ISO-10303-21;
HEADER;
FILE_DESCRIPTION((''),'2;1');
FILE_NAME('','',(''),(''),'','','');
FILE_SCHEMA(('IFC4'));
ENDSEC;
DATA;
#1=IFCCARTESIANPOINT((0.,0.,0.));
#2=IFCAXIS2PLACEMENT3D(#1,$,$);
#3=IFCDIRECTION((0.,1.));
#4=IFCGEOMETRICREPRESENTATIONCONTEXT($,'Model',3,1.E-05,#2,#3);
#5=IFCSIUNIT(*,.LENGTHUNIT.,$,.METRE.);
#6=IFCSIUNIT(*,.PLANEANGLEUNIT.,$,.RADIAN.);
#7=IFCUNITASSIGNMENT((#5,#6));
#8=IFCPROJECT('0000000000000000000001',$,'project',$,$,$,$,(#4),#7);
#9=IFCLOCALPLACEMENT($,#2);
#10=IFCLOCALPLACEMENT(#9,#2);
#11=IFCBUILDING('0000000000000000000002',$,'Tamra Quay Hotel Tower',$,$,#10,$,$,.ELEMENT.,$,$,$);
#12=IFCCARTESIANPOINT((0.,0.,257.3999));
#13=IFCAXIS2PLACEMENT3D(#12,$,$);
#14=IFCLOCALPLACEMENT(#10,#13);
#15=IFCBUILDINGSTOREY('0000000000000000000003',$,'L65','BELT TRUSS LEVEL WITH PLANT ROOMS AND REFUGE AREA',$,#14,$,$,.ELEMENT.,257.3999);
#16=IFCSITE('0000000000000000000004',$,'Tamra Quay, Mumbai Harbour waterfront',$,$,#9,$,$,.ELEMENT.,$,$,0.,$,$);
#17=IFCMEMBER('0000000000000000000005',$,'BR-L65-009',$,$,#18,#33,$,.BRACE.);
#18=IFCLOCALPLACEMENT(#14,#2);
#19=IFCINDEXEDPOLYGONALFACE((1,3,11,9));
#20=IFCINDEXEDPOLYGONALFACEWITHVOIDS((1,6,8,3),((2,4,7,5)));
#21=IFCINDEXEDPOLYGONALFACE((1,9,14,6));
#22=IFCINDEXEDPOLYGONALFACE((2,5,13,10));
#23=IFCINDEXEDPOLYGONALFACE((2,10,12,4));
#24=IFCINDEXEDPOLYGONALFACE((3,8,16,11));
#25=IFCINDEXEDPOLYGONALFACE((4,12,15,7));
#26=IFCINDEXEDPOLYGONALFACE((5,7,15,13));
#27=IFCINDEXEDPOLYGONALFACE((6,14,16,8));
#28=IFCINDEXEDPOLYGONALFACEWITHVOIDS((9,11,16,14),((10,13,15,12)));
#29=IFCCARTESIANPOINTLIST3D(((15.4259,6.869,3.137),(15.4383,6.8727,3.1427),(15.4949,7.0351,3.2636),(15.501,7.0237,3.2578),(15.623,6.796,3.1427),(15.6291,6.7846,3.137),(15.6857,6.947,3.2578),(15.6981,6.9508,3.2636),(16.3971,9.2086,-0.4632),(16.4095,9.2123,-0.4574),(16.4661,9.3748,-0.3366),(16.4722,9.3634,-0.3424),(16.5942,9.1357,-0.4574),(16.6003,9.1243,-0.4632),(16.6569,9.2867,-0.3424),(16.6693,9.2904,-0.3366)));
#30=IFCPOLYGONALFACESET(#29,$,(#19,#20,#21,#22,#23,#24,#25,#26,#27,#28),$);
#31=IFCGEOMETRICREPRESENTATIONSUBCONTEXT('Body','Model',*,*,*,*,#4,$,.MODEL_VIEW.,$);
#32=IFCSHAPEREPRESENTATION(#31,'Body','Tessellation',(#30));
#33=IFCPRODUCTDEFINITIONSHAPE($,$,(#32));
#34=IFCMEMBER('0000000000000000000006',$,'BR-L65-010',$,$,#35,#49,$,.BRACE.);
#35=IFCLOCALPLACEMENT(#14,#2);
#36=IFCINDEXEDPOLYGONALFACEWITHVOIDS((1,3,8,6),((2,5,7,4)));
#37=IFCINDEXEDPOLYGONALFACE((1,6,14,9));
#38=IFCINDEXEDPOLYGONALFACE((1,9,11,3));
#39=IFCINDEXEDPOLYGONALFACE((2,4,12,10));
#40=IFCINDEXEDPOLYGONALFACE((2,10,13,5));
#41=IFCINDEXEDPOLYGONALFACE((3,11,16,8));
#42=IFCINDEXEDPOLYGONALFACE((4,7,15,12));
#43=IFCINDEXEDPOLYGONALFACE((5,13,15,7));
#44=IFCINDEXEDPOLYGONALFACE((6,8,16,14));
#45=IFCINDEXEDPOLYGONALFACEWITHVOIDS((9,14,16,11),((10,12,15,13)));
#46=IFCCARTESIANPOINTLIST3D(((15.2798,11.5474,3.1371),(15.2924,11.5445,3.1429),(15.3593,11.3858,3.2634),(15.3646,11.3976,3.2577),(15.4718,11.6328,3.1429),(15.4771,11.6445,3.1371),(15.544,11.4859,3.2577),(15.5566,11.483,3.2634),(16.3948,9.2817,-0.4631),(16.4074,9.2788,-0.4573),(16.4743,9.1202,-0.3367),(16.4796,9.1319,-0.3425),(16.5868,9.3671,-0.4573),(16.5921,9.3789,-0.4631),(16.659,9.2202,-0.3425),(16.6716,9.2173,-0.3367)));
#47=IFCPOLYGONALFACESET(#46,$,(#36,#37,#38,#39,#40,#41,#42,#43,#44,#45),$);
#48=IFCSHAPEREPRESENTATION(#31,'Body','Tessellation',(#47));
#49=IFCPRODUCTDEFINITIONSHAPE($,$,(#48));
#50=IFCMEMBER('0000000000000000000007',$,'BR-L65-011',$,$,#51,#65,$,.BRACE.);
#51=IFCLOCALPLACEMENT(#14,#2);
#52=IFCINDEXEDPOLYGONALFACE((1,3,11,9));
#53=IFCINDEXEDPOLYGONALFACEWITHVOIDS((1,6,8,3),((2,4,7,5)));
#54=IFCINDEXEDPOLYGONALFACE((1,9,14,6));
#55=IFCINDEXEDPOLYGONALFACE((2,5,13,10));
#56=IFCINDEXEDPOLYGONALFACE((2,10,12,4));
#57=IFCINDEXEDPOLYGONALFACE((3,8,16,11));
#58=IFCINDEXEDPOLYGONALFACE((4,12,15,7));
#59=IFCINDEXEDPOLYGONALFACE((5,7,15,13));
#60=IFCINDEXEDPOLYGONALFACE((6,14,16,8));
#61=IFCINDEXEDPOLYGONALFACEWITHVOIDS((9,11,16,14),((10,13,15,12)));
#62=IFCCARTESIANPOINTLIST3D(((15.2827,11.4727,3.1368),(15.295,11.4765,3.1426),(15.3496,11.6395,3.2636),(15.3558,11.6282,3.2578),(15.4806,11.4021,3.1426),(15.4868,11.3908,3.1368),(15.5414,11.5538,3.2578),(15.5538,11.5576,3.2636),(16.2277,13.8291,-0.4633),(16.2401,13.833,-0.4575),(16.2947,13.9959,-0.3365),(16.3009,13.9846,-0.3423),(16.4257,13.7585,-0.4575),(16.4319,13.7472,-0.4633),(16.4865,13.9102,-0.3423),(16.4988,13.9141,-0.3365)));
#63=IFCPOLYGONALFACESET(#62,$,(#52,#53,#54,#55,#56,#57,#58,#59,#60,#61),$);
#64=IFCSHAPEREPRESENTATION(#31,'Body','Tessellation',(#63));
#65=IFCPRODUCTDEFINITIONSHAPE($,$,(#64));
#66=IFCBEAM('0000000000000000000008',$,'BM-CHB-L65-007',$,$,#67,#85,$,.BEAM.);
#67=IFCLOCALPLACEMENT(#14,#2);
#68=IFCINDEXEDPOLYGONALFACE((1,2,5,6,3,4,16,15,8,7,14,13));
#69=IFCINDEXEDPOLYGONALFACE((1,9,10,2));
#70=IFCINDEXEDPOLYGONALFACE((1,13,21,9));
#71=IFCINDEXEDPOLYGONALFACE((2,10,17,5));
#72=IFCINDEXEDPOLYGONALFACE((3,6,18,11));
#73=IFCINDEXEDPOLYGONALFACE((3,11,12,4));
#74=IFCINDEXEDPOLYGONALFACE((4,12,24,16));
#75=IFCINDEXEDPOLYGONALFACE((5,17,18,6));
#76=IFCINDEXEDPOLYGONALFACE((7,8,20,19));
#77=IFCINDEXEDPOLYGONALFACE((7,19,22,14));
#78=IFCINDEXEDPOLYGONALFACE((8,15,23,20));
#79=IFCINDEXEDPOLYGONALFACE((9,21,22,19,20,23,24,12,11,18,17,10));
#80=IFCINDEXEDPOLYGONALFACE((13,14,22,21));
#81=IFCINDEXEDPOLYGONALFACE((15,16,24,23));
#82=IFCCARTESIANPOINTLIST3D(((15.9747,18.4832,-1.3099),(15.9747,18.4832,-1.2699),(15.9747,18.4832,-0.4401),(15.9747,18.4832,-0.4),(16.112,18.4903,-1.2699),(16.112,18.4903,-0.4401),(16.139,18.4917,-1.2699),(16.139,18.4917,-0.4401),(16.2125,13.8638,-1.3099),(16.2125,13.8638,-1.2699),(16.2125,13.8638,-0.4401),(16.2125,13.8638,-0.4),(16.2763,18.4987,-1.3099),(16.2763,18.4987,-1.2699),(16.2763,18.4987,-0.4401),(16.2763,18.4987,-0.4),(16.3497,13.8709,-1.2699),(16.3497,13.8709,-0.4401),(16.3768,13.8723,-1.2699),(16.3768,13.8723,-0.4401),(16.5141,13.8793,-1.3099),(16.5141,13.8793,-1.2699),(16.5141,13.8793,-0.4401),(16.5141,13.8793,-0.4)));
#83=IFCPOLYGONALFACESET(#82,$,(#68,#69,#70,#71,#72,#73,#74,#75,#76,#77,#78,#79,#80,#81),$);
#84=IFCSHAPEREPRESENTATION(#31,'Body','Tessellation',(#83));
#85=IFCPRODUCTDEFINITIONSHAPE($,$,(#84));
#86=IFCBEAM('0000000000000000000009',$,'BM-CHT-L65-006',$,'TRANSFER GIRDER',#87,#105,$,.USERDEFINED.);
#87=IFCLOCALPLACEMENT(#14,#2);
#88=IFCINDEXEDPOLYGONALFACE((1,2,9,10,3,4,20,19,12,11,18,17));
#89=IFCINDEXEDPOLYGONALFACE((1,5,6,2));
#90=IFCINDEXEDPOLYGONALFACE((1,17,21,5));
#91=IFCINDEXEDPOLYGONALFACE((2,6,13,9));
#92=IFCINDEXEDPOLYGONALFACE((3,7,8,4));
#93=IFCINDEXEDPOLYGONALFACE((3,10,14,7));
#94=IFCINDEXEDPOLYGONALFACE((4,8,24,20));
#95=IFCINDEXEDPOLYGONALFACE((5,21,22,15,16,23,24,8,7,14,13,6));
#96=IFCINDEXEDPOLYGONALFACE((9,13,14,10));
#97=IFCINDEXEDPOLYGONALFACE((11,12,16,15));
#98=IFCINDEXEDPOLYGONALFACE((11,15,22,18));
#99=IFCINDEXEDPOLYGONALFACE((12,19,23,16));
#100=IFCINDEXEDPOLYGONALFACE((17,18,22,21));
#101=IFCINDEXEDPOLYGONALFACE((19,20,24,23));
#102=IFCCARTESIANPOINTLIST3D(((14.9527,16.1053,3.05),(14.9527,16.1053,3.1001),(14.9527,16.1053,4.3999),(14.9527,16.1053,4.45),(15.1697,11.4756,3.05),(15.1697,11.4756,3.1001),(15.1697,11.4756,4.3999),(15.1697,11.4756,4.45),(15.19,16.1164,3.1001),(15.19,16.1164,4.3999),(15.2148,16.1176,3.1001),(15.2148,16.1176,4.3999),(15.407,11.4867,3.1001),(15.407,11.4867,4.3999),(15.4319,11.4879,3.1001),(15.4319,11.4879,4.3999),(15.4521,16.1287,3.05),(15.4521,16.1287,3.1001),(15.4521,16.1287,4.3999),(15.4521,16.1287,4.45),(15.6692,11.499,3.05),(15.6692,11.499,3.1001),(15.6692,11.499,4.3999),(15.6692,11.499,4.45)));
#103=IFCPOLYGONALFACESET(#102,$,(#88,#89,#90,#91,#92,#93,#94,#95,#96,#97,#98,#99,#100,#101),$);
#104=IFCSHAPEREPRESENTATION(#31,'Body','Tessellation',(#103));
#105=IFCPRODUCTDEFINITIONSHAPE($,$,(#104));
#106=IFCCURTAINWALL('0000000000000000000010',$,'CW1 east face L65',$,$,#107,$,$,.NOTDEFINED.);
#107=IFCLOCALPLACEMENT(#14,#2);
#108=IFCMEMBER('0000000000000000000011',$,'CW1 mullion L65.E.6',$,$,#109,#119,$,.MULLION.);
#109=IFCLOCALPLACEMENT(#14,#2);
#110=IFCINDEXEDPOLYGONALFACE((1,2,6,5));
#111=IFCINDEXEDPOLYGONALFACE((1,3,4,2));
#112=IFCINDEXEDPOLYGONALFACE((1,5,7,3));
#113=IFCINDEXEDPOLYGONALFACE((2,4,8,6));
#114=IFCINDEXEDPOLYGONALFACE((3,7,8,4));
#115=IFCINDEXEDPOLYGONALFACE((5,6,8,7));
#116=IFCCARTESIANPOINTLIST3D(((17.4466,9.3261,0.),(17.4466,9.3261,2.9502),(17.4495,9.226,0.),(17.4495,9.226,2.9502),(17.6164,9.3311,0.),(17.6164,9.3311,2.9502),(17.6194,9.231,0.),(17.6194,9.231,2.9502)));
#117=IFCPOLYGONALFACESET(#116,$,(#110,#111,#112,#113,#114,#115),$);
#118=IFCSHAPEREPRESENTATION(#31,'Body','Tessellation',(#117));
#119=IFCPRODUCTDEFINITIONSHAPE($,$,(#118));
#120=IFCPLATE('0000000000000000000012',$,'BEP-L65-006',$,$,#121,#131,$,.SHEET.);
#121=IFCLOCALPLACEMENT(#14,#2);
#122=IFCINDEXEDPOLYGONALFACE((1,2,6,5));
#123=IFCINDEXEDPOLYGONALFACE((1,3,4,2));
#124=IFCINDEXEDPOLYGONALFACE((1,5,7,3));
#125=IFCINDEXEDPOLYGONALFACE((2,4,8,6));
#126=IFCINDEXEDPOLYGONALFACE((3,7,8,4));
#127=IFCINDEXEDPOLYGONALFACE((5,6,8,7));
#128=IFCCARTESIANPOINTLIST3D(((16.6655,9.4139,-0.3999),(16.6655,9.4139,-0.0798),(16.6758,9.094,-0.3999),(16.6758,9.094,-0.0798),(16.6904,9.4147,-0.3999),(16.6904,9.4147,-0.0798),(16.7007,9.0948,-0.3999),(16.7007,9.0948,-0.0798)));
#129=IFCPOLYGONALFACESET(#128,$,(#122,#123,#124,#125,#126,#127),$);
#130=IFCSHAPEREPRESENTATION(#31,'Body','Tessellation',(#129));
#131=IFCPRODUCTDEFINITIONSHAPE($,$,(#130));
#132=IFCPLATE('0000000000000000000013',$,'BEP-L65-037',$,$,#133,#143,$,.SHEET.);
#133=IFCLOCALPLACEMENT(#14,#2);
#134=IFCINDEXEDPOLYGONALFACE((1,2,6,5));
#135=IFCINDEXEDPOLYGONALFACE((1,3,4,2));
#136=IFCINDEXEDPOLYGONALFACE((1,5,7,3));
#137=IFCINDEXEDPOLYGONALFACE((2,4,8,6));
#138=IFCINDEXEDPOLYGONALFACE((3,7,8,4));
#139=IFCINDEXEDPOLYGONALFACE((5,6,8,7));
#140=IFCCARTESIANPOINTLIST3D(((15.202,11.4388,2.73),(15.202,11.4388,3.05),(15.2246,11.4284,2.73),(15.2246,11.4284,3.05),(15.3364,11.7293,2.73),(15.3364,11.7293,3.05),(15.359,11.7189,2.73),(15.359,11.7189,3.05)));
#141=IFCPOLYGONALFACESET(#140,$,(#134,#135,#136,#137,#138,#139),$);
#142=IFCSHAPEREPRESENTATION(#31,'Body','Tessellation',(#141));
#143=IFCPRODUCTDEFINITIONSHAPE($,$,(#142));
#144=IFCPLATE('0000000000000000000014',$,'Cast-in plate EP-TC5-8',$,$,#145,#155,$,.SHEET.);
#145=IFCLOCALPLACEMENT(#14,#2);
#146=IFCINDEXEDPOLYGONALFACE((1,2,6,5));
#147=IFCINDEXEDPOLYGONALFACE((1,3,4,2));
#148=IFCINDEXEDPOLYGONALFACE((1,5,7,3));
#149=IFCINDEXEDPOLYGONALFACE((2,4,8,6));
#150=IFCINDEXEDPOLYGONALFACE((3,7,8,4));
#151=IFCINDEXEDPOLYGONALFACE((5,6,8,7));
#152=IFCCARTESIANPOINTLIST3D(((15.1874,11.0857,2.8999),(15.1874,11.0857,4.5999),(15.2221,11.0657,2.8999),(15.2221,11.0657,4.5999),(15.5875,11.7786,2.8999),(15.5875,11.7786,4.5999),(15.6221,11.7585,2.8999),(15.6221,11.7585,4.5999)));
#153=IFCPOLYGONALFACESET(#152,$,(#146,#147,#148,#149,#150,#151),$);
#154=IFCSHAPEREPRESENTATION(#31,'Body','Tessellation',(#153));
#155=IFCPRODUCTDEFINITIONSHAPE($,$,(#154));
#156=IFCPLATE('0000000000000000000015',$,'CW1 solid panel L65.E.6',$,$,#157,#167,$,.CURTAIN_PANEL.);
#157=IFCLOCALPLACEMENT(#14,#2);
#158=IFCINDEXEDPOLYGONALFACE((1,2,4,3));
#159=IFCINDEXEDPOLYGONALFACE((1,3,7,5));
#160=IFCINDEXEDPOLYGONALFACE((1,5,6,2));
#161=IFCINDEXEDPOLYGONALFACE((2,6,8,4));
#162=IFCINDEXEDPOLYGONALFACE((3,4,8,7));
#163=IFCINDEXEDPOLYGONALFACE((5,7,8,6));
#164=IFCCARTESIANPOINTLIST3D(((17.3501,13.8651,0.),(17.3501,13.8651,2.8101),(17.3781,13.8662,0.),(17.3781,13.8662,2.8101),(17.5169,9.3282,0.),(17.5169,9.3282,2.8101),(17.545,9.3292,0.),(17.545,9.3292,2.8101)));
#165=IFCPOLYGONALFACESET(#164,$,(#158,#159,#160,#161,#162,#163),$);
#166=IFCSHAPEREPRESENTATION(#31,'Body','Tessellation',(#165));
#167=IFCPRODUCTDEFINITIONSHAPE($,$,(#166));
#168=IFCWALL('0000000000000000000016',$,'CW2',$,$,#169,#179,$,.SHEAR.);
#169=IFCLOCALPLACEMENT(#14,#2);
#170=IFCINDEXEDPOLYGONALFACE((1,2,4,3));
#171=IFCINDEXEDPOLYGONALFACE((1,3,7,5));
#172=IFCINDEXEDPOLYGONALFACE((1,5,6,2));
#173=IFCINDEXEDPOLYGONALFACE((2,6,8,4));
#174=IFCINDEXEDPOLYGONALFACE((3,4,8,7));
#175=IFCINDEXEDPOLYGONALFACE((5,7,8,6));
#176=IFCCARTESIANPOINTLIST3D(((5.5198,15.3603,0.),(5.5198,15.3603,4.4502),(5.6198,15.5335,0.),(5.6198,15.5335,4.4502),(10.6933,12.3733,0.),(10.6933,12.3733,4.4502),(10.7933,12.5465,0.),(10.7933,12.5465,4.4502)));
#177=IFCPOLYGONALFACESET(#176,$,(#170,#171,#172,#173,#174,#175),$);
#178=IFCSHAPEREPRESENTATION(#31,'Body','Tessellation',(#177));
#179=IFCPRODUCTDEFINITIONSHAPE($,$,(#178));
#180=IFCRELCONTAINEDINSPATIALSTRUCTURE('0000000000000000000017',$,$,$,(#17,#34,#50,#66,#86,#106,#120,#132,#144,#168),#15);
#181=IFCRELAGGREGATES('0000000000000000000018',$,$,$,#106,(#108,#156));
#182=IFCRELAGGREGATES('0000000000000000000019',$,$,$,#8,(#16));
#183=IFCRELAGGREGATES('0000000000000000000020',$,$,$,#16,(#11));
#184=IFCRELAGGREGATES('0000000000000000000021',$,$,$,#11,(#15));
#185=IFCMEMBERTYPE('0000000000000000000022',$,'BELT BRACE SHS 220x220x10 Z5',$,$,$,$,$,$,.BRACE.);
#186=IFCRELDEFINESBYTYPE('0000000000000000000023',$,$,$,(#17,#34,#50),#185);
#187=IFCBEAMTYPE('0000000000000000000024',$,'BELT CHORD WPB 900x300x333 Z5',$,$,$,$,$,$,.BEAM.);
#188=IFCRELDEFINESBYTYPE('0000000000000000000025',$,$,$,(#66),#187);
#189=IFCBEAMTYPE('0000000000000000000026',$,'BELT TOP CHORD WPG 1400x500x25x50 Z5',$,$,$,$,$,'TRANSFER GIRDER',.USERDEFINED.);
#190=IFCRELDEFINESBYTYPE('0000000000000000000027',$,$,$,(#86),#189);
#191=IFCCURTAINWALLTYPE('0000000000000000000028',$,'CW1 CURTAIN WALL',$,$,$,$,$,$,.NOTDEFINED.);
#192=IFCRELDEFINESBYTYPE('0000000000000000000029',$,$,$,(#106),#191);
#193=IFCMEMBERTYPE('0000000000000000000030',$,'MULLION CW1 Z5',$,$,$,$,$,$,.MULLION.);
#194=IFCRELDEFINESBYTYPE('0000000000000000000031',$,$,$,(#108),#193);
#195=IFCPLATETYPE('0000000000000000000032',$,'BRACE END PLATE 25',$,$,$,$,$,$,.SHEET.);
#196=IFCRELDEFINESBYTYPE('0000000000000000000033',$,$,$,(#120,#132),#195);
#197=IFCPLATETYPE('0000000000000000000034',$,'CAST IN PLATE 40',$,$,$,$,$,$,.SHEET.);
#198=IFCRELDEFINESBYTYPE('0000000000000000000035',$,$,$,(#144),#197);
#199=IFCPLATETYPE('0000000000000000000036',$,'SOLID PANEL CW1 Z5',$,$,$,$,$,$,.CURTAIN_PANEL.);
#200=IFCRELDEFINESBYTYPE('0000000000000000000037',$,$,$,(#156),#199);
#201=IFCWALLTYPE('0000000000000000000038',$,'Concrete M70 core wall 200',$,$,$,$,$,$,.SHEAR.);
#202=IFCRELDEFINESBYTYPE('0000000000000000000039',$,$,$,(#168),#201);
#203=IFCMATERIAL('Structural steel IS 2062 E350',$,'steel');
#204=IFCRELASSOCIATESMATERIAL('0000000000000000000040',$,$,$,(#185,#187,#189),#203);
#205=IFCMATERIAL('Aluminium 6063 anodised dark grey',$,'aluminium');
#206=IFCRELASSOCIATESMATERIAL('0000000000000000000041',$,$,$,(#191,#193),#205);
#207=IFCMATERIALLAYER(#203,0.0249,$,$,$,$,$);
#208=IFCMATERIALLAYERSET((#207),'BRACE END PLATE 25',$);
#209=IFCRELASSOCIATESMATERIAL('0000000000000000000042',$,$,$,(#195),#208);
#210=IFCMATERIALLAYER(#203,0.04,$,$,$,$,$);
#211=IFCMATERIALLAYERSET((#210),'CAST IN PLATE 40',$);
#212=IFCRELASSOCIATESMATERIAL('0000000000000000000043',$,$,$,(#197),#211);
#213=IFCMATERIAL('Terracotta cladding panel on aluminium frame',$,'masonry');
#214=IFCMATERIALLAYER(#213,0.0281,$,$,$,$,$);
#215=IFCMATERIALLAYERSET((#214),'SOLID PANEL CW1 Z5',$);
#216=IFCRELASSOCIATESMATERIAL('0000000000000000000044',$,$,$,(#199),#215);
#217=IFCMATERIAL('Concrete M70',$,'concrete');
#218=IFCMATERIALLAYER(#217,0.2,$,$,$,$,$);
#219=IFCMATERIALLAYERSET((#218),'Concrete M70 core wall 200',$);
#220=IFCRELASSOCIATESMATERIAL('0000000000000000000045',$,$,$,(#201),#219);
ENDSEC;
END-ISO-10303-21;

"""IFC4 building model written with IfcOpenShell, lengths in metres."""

from ifc_helpers import new_model, si_unit, direction, frame, frame_2d, origin, origin_2d, place, context, subcontext, project, spatial, rectangle, hollow_rectangle, i_section, extrude, material, layer, layer_set, material_profile, profile_set, type_object, element, aggregate, save


model = new_model("IFC4")

# Units and contexts
model_context = context("Model", 3, precision=1e-05, world=origin(), true_north=direction((0.0, 1.0)))
body_context = subcontext(model_context, "Body", "Model", "MODEL_VIEW")
ifc_project = project(units=[si_unit("LENGTHUNIT", "METRE"), si_unit("PLANEANGLEUNIT", "RADIAN")], contexts=[model_context])

# Site, building, storey
site_placement = place(None, origin())
site = spatial("IfcSite", under=ifc_project, at=site_placement, Name="Tamra Quay, Mumbai Harbour waterfront", CompositionType="ELEMENT", RefElevation=0.0)
building_placement = place(site_placement, origin())
building = spatial("IfcBuilding", under=site, at=building_placement, Name="Tamra Quay Hotel Tower", CompositionType="ELEMENT")
storey_placement = place(building_placement, frame((0.0, 0.0, 257.3999)))
storey = spatial("IfcBuildingStorey", under=building, at=storey_placement, Name="L65", Description="BELT TRUSS LEVEL WITH PLANT ROOMS AND REFUGE AREA", CompositionType="ELEMENT", Elevation=257.3999)

# Members
ifc_material_1 = material(Name="Structural steel IS 2062 E350", Category="steel")
ifc_material_profile_1 = material_profile(ifc_material_1, hollow_rectangle(XDim=0.22, YDim=0.22, WallThickness=0.01, at=origin_2d()), Name="SHS 220x220x10")
ifc_profile_set_1 = profile_set([ifc_material_profile_1], Name="Structural steel IS 2062 E350")
member_type_1 = type_object("IfcMemberType", Name="BELT BRACE SHS 220x220x10 Z5", PredefinedType="BRACE", material=ifc_profile_set_1)
member_1_placement = place(storey_placement, frame((16.5332, 9.2495, -0.3999), z_axis=(-0.220625, -0.531485, 0.817831), x_axis=(0.923587, -0.38339, 0.0)))
element("IfcMember", 1, at=member_1_placement, inside=storey, type_object=member_type_1, Name="BR-L65-009", PredefinedType="BRACE", context=body_context, shape_type="SweptSolid", body=[
    extrude(hollow_rectangle(XDim=0.22, YDim=0.22, WallThickness=0.01, at=origin_2d()), origin(), (0.0, 0.0, 1.0), 4.4021),
])
member_2_placement = place(storey_placement, frame((16.5332, 9.2495, -0.3999), z_axis=(-0.253558, 0.515221, 0.818691), x_axis=(-0.897233, -0.441558, 0.0)))
element("IfcMember", 2, at=member_2_placement, inside=storey, type_object=member_type_1, Name="BR-L65-010", PredefinedType="BRACE", context=body_context, shape_type="SweptSolid", body=[
    extrude(hollow_rectangle(XDim=0.22, YDim=0.22, WallThickness=0.01, at=origin_2d()), origin(), (0.0, 0.0, 1.0), 4.3975),
])
member_3_placement = place(storey_placement, frame((16.3633, 13.8716, -0.3999), z_axis=(-0.21453, -0.534911, 0.817219), x_axis=(0.928138, -0.372236, 0.0)))
element("IfcMember", 3, at=member_3_placement, inside=storey, type_object=member_type_1, Name="BR-L65-011", PredefinedType="BRACE", context=body_context, shape_type="SweptSolid", body=[
    extrude(hollow_rectangle(XDim=0.22, YDim=0.22, WallThickness=0.01, at=origin_2d()), origin(), (0.0, 0.0, 1.0), 4.4053),
])

# Beams
ifc_material_profile_2 = material_profile(ifc_material_1, i_section(OverallWidth=0.302, OverallDepth=0.9099, WebThickness=0.0271, FlangeThickness=0.04, at=origin_2d()), Name="WPB 900x300x333")
ifc_profile_set_2 = profile_set([ifc_material_profile_2], Name="Structural steel IS 2062 E350")
beam_type_1 = type_object("IfcBeamType", Name="BELT CHORD WPB 900x300x333 Z5", PredefinedType="BEAM", material=ifc_profile_set_2)
beam_1_placement = place(storey_placement, frame((16.3633, 13.8716, -0.855), z_axis=(-0.051409, 0.998678, 0.0), x_axis=(-0.998678, -0.051409, 0.0)))
element("IfcBeam", 4, at=beam_1_placement, inside=storey, type_object=beam_type_1, Name="BM-CHB-L65-007", PredefinedType="BEAM", context=body_context, shape_type="SweptSolid", body=[
    extrude(i_section(OverallWidth=0.302, OverallDepth=0.9099, WebThickness=0.0271, FlangeThickness=0.04, at=origin_2d()), origin(), (0.0, 0.0, 1.0), 4.6255),
])
ifc_material_profile_3 = material_profile(ifc_material_1, i_section(OverallWidth=0.5, OverallDepth=1.3999, WebThickness=0.0249, FlangeThickness=0.05, at=origin_2d()), Name="WPG 1400x500x25x50")
ifc_profile_set_3 = profile_set([ifc_material_profile_3], Name="Structural steel IS 2062 E350")
beam_type_2 = type_object("IfcBeamType", Name="BELT TOP CHORD WPG 1400x500x25x50 Z5", ElementType="TRANSFER GIRDER", PredefinedType="USERDEFINED", material=ifc_profile_set_3)
beam_2_placement = place(storey_placement, frame((15.4194, 11.4873, 3.75), z_axis=(-0.046829, 0.998903, 0.0), x_axis=(-0.998903, -0.046829, 0.0)))
element("IfcBeam", 5, at=beam_2_placement, inside=storey, type_object=beam_type_2, Name="BM-CHT-L65-006", ObjectType="TRANSFER GIRDER", PredefinedType="USERDEFINED", context=body_context, shape_type="SweptSolid", body=[
    extrude(i_section(OverallWidth=0.5, OverallDepth=1.3999, WebThickness=0.0249, FlangeThickness=0.05, at=origin_2d()), origin(), (0.0, 0.0, 1.0), 4.6348),
])

# Curtain wall, member
ifc_material_2 = material(Name="Aluminium 6063 anodised dark grey", Category="aluminium")
curtain_wall_type = type_object("IfcCurtainWallType", Name="CW1 CURTAIN WALL", PredefinedType="NOTDEFINED", material=ifc_material_2)
curtain_wall_placement = place(storey_placement, origin())
curtain_wall = element("IfcCurtainWall", 6, at=curtain_wall_placement, inside=storey, type_object=curtain_wall_type, Name="CW1 east face L65", PredefinedType="NOTDEFINED")
ifc_material_profile_4 = material_profile(ifc_material_2, rectangle(XDim=0.1699, YDim=0.1001, at=origin_2d()), Name="MULLION 100X170")
ifc_profile_set_4 = profile_set([ifc_material_profile_4], Name="Aluminium 6063 anodised dark grey")
member_type_2 = type_object("IfcMemberType", Name="MULLION CW1 Z5", PredefinedType="MULLION", material=ifc_profile_set_4)
member_4_placement = place(storey_placement, frame((17.533, 9.2786, 0.0), z_axis=(0.0, 0.0, 1.0), x_axis=(0.999568, 0.029405, 0.0)))
member_4 = element("IfcMember", 7, at=member_4_placement, type_object=member_type_2, Name="CW1 mullion L65.E.6", PredefinedType="MULLION", context=body_context, shape_type="SweptSolid", body=[
    extrude(rectangle(XDim=0.1699, YDim=0.1001, at=origin_2d()), origin(), (0.0, 0.0, 1.0), 2.9502),
])

# Plates
ifc_layer_1 = layer(ifc_material_1, 0.0249)
ifc_layer_set_1 = layer_set([ifc_layer_1], Name="BRACE END PLATE 25")
plate_type_1 = type_object("IfcPlateType", Name="BRACE END PLATE 25", PredefinedType="SHEET", material=ifc_layer_set_1)
for number, where, z_axis, x_axis, name in (
    (8, (16.6831, 9.2544, -0.3999), (0.0, 0.0, 1.0), (0.999489, 0.031957, 0.0), "BEP-L65-006"),
    (9, (15.2805, 11.5789, 2.73), (0.0, 0.0, 1.0), (-0.907599, 0.419839, 0.0), "BEP-L65-037"),
):
    element("IfcPlate", number, at=place(storey_placement, frame(where, z_axis=z_axis, x_axis=x_axis)), inside=storey, type_object=plate_type_1, Name=name, PredefinedType="SHEET", context=body_context, shape_type="SweptSolid", body=[
        extrude(rectangle(XDim=0.0249, YDim=0.3201, at=origin_2d()), origin(), (0.0, 0.0, 1.0), 0.3201),
    ])
ifc_layer_2 = layer(ifc_material_1, 0.04)
ifc_layer_set_2 = layer_set([ifc_layer_2], Name="CAST IN PLATE 40")
plate_type_2 = type_object("IfcPlateType", Name="CAST IN PLATE 40", PredefinedType="SHEET", material=ifc_layer_set_2)
plate_1_placement = place(storey_placement, frame((15.4048, 11.4221, 2.8999), z_axis=(0.0, 0.0, 1.0), x_axis=(-0.866025, 0.5, 0.0)))
element("IfcPlate", 10, at=plate_1_placement, inside=storey, type_object=plate_type_2, Name="Cast-in plate EP-TC5-8", PredefinedType="SHEET", context=body_context, shape_type="SweptSolid", body=[
    extrude(rectangle(XDim=0.04, YDim=0.8, at=origin_2d()), origin(), (0.0, 0.0, 1.0), 1.7),
])

# Plate
ifc_material_3 = material(Name="Terracotta cladding panel on aluminium frame", Category="masonry")
ifc_layer_3 = layer(ifc_material_3, 0.0281)
ifc_layer_set_3 = layer_set([ifc_layer_3], Name="SOLID PANEL CW1 Z5")
plate_type_3 = type_object("IfcPlateType", Name="SOLID PANEL CW1 Z5", PredefinedType="CURTAIN_PANEL", material=ifc_layer_set_3)
plate_2_placement = place(storey_placement, frame((17.4475, 11.5972, 0.0), z_axis=(0.0, 0.0, 1.0), x_axis=(-0.036745, 0.999325, 0.0)))
plate_2 = element("IfcPlate", 11, at=plate_2_placement, type_object=plate_type_3, Name="CW1 solid panel L65.E.6", PredefinedType="CURTAIN_PANEL", context=body_context, shape_type="SweptSolid", body=[
    extrude(rectangle(XDim=4.54, YDim=0.0281, at=origin_2d()), origin(), (0.0, 0.0, 1.0), 2.8101),
])
aggregate(curtain_wall, [member_4, plate_2])

# Wall
ifc_material_4 = material(Name="Concrete M70", Category="concrete")
ifc_layer_4 = layer(ifc_material_4, 0.2)
ifc_layer_set_4 = layer_set([ifc_layer_4], Name="Concrete M70 core wall 200")
wall_type_1 = type_object("IfcWallType", Name="Concrete M70 core wall 200", PredefinedType="SHEAR", material=ifc_layer_set_4)
wall_1_placement = place(storey_placement, frame((10.7432, 12.46, 0.0), z_axis=(0.0, 0.0, 1.0), x_axis=(-0.866019, 0.500011, 0.0)))
element("IfcWall", 12, at=wall_1_placement, inside=storey, type_object=wall_type_1, Name="CW2", PredefinedType="SHEAR", context=body_context, shape_type="SweptSolid", body=[
    extrude(rectangle(XDim=5.9739, YDim=0.2, at=frame_2d((2.9868, 0.0))), origin(), (0.0, 0.0, 1.0), 4.4502),
])

save(model, "model.ifc")
